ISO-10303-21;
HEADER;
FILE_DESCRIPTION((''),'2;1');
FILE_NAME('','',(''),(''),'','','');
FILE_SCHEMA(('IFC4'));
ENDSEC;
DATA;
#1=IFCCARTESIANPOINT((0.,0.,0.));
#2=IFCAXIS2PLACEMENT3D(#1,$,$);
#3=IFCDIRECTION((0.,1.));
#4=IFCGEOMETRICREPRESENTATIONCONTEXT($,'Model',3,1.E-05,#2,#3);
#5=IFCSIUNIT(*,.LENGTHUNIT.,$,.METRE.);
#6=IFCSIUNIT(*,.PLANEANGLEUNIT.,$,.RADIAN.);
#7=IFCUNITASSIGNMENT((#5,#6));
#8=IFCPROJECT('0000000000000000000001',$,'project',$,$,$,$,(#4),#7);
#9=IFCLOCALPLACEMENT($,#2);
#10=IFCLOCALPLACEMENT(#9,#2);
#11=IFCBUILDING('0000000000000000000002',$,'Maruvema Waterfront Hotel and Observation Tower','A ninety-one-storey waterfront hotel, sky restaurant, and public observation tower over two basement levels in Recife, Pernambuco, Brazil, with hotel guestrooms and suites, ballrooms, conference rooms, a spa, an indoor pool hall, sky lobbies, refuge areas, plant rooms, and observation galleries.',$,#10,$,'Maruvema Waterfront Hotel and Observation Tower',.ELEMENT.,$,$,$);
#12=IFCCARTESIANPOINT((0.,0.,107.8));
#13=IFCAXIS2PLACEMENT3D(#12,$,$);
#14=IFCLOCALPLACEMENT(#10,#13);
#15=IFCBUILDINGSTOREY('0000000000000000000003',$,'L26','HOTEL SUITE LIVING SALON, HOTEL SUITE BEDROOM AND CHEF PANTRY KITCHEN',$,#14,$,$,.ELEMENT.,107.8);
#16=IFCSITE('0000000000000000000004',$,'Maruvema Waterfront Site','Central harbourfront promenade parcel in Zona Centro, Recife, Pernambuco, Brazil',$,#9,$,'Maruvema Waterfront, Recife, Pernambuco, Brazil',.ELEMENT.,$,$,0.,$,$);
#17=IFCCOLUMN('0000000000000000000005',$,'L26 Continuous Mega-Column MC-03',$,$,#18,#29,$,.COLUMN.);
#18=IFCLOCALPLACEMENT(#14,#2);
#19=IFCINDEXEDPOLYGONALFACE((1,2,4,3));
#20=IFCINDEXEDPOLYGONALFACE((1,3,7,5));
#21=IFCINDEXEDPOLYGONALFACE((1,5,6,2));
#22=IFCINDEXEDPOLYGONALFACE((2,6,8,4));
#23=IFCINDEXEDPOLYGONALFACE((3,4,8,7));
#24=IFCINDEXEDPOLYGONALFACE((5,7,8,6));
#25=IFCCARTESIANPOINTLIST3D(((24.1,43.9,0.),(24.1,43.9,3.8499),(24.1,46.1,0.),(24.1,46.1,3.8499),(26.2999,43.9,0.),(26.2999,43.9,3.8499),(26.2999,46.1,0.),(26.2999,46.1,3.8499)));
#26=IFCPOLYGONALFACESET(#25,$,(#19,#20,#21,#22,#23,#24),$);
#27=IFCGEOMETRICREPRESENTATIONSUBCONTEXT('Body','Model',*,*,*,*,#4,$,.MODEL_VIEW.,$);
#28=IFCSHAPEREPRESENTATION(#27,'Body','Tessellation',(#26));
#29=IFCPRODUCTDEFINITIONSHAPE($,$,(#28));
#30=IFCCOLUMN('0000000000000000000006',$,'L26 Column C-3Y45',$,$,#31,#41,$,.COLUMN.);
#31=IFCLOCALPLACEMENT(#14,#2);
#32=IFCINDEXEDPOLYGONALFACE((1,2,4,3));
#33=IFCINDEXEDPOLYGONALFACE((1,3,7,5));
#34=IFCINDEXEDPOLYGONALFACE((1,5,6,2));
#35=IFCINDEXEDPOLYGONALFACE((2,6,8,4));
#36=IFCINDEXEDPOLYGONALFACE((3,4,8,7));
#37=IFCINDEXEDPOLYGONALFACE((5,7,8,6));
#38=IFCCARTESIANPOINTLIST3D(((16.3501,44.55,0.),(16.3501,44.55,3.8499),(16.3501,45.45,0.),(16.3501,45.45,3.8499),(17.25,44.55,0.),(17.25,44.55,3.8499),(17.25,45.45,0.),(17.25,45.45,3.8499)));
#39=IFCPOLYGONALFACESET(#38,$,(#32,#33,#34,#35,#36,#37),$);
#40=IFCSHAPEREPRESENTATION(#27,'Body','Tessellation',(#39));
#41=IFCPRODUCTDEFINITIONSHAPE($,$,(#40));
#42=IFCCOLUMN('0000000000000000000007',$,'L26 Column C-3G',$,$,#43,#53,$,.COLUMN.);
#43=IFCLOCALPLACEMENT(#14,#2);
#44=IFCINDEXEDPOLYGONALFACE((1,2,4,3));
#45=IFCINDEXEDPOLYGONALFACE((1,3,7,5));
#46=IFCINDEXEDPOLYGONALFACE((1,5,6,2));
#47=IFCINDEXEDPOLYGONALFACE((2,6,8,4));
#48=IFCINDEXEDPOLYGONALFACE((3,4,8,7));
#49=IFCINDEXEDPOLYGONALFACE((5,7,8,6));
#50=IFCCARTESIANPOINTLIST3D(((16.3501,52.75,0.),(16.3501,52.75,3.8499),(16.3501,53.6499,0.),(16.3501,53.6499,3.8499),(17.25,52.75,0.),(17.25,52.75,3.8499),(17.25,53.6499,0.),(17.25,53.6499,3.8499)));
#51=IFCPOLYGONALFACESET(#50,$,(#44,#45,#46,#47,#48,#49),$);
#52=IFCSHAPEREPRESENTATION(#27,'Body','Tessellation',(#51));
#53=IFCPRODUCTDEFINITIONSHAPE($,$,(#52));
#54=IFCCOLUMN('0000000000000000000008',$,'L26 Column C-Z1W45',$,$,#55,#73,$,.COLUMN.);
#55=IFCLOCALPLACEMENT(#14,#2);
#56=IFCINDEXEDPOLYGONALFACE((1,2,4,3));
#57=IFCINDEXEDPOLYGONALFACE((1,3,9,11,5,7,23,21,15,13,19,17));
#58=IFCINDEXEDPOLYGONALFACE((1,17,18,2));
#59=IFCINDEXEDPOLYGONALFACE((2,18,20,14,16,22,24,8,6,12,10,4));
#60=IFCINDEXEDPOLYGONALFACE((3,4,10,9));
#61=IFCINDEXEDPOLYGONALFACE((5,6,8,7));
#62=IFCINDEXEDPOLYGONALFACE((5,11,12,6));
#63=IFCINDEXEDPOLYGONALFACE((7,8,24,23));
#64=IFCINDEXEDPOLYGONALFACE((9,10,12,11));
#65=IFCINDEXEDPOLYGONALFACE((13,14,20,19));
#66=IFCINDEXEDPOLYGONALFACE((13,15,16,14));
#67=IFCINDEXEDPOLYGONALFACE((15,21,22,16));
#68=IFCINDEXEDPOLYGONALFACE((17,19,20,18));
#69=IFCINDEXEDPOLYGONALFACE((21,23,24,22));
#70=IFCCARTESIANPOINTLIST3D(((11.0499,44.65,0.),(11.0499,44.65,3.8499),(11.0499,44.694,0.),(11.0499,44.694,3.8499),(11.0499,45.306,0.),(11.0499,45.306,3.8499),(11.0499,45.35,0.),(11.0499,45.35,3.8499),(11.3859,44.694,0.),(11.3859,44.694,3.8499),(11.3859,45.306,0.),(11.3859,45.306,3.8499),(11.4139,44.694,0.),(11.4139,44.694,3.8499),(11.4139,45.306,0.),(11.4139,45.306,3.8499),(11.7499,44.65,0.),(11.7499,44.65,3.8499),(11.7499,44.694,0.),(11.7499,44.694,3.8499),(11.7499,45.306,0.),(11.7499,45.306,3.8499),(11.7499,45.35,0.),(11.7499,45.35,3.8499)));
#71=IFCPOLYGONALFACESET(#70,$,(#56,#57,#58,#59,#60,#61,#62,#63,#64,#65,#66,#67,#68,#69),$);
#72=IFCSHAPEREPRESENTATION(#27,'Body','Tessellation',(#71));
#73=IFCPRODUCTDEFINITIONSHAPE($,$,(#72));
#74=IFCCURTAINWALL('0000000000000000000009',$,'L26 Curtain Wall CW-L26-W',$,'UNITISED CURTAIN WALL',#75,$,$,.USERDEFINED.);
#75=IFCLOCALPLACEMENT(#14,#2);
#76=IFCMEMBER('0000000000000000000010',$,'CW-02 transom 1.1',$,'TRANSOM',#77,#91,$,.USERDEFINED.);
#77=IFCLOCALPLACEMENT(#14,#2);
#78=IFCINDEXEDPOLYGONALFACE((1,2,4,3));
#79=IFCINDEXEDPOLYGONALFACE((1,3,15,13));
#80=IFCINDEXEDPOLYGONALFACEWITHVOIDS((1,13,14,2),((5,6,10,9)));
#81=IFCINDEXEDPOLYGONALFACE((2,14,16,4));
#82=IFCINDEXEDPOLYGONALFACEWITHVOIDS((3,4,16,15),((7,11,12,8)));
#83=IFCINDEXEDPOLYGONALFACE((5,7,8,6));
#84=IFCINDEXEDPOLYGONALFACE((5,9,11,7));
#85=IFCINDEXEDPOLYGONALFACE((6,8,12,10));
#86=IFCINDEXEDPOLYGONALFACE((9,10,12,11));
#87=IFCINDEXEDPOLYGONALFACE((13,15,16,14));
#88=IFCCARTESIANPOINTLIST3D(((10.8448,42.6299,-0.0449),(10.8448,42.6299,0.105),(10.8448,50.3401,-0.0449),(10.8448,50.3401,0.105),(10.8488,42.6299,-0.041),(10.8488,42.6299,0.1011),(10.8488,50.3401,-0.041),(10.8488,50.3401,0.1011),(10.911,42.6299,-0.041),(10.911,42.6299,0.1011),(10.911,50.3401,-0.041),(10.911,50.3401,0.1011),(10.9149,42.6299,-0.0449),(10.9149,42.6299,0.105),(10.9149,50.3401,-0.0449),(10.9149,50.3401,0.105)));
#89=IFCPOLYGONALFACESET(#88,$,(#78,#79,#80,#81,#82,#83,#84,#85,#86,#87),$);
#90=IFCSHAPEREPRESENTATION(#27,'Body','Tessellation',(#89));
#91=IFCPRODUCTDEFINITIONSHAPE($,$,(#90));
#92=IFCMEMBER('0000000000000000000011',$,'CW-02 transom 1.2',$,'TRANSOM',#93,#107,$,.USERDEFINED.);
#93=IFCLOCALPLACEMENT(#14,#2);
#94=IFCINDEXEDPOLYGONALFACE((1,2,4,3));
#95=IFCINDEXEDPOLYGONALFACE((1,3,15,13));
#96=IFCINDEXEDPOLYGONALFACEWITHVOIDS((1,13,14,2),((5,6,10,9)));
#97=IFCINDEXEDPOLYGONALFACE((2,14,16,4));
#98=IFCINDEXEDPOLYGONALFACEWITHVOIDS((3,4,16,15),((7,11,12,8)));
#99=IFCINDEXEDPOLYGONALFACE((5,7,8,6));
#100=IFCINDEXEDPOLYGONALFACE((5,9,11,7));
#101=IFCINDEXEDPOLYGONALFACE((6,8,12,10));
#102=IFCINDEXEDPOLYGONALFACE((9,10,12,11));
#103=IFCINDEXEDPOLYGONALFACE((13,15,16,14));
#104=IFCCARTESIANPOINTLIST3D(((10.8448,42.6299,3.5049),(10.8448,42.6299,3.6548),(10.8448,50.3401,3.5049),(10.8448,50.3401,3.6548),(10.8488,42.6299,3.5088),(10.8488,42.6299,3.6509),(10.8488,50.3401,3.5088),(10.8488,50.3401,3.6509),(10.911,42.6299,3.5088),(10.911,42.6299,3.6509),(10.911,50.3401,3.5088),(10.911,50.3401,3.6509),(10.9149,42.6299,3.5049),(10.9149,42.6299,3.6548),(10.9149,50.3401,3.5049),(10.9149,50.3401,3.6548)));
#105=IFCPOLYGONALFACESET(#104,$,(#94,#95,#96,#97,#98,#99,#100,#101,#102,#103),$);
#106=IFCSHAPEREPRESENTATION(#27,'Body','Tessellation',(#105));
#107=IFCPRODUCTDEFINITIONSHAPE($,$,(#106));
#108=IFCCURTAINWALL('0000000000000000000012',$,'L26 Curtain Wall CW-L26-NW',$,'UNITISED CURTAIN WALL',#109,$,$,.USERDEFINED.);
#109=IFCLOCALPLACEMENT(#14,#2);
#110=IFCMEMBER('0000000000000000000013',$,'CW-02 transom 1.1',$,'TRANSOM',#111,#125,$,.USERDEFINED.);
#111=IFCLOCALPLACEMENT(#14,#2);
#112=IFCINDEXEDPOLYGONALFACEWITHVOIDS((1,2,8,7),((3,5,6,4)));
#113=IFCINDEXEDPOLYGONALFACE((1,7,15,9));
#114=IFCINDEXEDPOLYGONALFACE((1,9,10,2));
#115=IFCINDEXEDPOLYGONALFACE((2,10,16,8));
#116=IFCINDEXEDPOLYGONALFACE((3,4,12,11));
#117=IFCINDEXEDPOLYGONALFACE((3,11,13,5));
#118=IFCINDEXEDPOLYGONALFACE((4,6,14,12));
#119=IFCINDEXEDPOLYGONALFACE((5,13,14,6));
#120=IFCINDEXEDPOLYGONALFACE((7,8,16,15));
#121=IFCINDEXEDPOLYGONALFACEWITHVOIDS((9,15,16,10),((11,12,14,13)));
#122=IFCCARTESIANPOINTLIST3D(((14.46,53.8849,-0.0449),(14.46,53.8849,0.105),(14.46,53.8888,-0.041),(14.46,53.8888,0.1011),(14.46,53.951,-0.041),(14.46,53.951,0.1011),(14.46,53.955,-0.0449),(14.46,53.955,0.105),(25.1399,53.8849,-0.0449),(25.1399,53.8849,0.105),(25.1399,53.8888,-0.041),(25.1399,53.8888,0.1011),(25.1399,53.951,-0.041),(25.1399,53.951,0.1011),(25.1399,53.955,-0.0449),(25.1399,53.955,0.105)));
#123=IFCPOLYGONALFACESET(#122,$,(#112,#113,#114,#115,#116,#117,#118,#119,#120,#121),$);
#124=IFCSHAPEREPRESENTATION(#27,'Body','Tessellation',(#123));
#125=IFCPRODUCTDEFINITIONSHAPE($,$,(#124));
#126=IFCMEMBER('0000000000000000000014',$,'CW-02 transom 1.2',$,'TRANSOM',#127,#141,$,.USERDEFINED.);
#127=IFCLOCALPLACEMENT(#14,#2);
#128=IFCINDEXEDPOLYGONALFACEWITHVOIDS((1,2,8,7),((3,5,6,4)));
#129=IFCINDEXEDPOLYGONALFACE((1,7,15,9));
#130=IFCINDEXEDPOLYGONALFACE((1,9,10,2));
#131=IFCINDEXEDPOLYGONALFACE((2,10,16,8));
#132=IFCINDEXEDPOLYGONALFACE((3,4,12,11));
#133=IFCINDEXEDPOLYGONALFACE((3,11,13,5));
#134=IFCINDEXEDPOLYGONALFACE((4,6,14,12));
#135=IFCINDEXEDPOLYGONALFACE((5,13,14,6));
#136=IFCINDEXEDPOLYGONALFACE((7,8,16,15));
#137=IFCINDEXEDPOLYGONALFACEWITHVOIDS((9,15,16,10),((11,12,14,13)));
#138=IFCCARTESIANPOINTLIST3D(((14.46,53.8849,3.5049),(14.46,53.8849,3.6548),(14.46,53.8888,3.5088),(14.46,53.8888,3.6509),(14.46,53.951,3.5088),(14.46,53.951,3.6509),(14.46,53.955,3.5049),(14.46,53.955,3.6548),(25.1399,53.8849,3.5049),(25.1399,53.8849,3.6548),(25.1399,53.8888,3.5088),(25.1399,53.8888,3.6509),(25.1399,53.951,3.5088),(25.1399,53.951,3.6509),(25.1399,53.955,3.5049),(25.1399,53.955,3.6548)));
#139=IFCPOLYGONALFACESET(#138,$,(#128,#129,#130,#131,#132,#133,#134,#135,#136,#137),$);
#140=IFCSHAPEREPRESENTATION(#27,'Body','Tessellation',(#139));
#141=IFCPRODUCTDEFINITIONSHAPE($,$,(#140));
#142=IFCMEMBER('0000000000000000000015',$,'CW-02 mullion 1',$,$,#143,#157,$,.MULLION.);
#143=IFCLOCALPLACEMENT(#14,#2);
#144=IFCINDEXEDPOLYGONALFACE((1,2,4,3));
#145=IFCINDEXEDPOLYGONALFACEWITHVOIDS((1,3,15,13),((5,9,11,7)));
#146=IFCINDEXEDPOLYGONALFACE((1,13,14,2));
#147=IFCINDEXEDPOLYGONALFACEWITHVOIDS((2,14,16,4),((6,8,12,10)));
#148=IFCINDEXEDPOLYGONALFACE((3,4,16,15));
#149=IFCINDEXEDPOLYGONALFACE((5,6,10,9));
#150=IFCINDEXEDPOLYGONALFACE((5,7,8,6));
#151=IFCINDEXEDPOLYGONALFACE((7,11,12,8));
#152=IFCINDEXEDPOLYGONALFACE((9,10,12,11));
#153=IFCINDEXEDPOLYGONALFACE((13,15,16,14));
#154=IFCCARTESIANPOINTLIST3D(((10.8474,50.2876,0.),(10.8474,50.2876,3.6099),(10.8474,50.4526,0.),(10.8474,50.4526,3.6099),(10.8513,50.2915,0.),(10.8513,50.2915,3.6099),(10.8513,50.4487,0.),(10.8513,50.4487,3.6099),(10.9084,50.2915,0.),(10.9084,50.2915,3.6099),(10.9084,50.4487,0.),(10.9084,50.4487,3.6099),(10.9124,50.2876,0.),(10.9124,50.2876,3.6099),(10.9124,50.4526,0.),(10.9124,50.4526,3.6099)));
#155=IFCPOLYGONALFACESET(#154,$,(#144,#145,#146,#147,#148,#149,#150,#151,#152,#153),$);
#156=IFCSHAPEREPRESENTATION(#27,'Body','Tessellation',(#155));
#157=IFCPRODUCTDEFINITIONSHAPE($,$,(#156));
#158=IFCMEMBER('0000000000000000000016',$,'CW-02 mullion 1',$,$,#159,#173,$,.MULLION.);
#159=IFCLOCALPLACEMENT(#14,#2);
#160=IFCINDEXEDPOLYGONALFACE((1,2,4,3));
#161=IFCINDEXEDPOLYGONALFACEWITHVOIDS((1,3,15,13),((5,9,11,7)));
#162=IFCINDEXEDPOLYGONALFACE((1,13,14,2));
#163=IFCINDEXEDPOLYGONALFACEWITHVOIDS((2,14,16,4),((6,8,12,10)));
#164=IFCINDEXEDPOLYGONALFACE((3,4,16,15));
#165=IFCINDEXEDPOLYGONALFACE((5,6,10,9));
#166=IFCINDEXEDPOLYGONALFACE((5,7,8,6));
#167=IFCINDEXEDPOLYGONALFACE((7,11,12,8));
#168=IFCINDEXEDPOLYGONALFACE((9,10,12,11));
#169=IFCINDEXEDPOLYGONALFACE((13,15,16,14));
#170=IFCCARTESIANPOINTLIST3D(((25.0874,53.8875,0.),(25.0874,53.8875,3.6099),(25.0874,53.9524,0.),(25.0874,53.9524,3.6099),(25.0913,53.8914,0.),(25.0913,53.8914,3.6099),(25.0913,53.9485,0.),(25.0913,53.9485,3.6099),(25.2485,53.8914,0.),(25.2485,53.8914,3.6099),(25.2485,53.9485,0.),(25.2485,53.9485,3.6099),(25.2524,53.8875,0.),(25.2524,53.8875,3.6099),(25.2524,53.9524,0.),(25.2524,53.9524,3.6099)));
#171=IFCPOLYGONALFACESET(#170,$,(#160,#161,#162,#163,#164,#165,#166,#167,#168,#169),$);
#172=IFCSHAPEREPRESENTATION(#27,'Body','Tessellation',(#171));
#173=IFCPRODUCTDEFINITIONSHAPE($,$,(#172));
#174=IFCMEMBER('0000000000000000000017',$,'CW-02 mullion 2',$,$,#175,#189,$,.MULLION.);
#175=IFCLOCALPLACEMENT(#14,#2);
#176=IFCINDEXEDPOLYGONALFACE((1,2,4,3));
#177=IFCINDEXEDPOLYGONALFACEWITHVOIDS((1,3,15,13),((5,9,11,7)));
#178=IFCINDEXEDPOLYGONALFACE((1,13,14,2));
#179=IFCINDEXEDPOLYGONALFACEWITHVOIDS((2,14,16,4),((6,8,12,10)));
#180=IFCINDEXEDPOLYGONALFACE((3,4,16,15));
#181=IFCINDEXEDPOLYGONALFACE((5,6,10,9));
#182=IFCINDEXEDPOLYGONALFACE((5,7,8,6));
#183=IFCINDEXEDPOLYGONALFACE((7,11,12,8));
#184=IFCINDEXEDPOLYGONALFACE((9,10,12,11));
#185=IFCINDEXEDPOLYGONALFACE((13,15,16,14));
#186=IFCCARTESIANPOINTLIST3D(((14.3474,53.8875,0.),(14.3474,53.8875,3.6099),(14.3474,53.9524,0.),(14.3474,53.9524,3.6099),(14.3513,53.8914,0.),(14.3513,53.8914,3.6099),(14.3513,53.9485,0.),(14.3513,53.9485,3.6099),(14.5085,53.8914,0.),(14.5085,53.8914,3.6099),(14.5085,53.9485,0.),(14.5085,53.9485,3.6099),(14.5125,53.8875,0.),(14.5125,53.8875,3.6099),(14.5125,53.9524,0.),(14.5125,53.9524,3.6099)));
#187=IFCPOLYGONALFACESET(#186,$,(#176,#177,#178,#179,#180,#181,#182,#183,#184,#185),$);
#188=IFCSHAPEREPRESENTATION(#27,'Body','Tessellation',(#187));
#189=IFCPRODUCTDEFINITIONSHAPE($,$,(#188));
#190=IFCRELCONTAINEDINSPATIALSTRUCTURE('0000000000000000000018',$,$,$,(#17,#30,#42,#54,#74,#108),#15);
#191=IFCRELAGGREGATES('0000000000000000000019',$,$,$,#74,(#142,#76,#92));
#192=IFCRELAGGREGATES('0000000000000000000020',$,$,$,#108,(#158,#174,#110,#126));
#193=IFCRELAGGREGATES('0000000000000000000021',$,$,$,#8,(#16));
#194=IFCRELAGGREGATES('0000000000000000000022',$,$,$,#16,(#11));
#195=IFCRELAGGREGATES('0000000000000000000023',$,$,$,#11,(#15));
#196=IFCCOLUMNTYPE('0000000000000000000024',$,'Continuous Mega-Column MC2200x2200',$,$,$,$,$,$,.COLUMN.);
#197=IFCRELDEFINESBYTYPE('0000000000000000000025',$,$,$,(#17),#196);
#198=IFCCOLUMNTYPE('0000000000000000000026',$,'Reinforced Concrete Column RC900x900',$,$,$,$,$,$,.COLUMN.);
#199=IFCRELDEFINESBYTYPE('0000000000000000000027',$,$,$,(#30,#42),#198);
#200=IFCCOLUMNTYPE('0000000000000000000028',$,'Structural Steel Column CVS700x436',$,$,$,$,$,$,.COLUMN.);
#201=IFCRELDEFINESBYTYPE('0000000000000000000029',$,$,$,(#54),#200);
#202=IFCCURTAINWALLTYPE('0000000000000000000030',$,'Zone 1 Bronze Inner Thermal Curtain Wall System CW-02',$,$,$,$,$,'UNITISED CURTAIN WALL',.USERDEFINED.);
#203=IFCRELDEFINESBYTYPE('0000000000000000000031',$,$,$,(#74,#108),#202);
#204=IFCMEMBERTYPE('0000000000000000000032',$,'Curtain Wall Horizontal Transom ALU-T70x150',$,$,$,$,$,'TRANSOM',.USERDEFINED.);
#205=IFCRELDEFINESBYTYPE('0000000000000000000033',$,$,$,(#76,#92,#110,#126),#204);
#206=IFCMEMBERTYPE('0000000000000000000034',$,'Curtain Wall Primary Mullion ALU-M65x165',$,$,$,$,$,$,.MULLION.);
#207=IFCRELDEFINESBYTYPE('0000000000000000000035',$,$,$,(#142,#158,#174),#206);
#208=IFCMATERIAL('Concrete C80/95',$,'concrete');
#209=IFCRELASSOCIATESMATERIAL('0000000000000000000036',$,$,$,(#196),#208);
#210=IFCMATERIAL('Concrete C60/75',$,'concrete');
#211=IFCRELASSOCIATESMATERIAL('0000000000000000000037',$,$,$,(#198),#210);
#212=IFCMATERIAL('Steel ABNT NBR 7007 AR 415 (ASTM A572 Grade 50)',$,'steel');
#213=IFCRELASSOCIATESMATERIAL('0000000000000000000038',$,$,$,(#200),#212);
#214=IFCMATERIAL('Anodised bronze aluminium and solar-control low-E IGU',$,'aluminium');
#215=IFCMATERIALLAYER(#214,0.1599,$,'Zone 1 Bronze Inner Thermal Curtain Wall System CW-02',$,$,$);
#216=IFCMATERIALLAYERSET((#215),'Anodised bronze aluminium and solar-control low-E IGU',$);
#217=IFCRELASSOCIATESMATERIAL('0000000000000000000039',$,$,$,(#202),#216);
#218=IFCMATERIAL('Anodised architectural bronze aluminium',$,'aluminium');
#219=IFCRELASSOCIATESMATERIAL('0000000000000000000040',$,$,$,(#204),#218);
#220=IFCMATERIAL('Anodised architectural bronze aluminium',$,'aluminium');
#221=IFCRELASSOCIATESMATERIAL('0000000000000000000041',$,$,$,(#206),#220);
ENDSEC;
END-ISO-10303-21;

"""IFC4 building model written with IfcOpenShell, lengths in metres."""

from ifc_helpers import new_model, si_unit, direction, frame, origin, origin_2d, place, context, subcontext, project, spatial, rectangle, hollow_rectangle, i_section, extrude, material, layer, layer_set, material_profile, profile_set, type_object, element, aggregate, save


model = new_model("IFC4")

# Units and contexts
model_context = context("Model", 3, precision=1e-05, world=origin(), true_north=direction((0.0, 1.0)))
body_context = subcontext(model_context, "Body", "Model", "MODEL_VIEW")
ifc_project = project(units=[si_unit("LENGTHUNIT", "METRE"), si_unit("PLANEANGLEUNIT", "RADIAN")], contexts=[model_context])

# Site, building, storey
site_placement = place(None, origin())
site = spatial("IfcSite", under=ifc_project, at=site_placement, Name="Maruvema Waterfront Site", Description="Central harbourfront promenade parcel in Zona Centro, Recife, Pernambuco, Brazil", LongName="Maruvema Waterfront, Recife, Pernambuco, Brazil", CompositionType="ELEMENT", RefElevation=0.0)
building_placement = place(site_placement, origin())
building = spatial("IfcBuilding", under=site, at=building_placement, Name="Maruvema Waterfront Hotel and Observation Tower", Description="A ninety-one-storey waterfront hotel, sky restaurant, and public observation tower over two basement levels in Recife, Pernambuco, Brazil, with hotel guestrooms and suites, ballrooms, conference rooms, a spa, an indoor pool hall, sky lobbies, refuge areas, plant rooms, and observation galleries.", LongName="Maruvema Waterfront Hotel and Observation Tower", CompositionType="ELEMENT")
storey_placement = place(building_placement, frame((0.0, 0.0, 107.8)))
storey = spatial("IfcBuildingStorey", under=building, at=storey_placement, Name="L26", Description="HOTEL SUITE LIVING SALON, HOTEL SUITE BEDROOM AND CHEF PANTRY KITCHEN", CompositionType="ELEMENT", Elevation=107.8)

# Columns
ifc_material_1 = material(Name="Concrete C80/95", Category="concrete")
ifc_material_profile_1 = material_profile(ifc_material_1, rectangle(XDim=2.2, YDim=2.2, at=origin_2d()), Name="MC2200x2200")
ifc_profile_set_1 = profile_set([ifc_material_profile_1], Name="Concrete C80/95")
column_type_1 = type_object("IfcColumnType", Name="Continuous Mega-Column MC2200x2200", PredefinedType="COLUMN", material=ifc_profile_set_1)
column_1_placement = place(storey_placement, frame((25.2, 45.0, 0.0), z_axis=(0.0, 0.0, 1.0), x_axis=(1.0, 0.0, 0.0)))
element("IfcColumn", 1, at=column_1_placement, inside=storey, type_object=column_type_1, Name="L26 Continuous Mega-Column MC-03", PredefinedType="COLUMN", context=body_context, shape_type="SweptSolid", body=[
    extrude(rectangle(XDim=2.2, YDim=2.2, at=origin_2d()), origin(), (0.0, 0.0, 1.0), 3.8499),
])
ifc_material_2 = material(Name="Concrete C60/75", Category="concrete")
ifc_material_profile_2 = material_profile(ifc_material_2, rectangle(XDim=0.8999, YDim=0.8999, at=origin_2d()), Name="RC900x900")
ifc_profile_set_2 = profile_set([ifc_material_profile_2], Name="Concrete C60/75")
column_type_2 = type_object("IfcColumnType", Name="Reinforced Concrete Column RC900x900", PredefinedType="COLUMN", material=ifc_profile_set_2)
for number, where, z_axis, x_axis, name in (
    (2, (16.8, 45.0, 0.0), (0.0, 0.0, 1.0), (1.0, 0.0, 0.0), "L26 Column C-3Y45"),
    (3, (16.8, 53.2, 0.0), (0.0, 0.0, 1.0), (1.0, 0.0, 0.0), "L26 Column C-3G"),
):
    element("IfcColumn", number, at=place(storey_placement, frame(where, z_axis=z_axis, x_axis=x_axis)), inside=storey, type_object=column_type_2, Name=name, PredefinedType="COLUMN", context=body_context, shape_type="SweptSolid", body=[
        extrude(rectangle(XDim=0.8999, YDim=0.8999, at=origin_2d()), origin(), (0.0, 0.0, 1.0), 3.8499),
    ])
ifc_material_3 = material(Name="Steel ABNT NBR 7007 AR 415 (ASTM A572 Grade 50)", Category="steel")
ifc_material_profile_3 = material_profile(ifc_material_3, i_section(OverallWidth=0.7, OverallDepth=0.7, WebThickness=0.0281, FlangeThickness=0.0439, at=origin_2d()), Name="CVS700x436")
ifc_profile_set_3 = profile_set([ifc_material_profile_3], Name="Steel ABNT NBR 7007 AR 415 (ASTM A572 Grade 50)")
column_type_3 = type_object("IfcColumnType", Name="Structural Steel Column CVS700x436", PredefinedType="COLUMN", material=ifc_profile_set_3)
column_2_placement = place(storey_placement, frame((11.3999, 45.0, 0.0), z_axis=(0.0, 0.0, 1.0), x_axis=(1.0, 0.0, 0.0)))
element("IfcColumn", 4, at=column_2_placement, inside=storey, type_object=column_type_3, Name="L26 Column C-Z1W45", PredefinedType="COLUMN", context=body_context, shape_type="SweptSolid", body=[
    extrude(i_section(OverallWidth=0.7, OverallDepth=0.7, WebThickness=0.0281, FlangeThickness=0.0439, at=origin_2d()), origin(), (0.0, 0.0, 1.0), 3.8499),
])

# Curtain walls, members
ifc_material_4 = material(Name="Anodised bronze aluminium and solar-control low-E IGU", Category="aluminium")
ifc_layer_1 = layer(ifc_material_4, 0.1599, Name="Zone 1 Bronze Inner Thermal Curtain Wall System CW-02")
ifc_layer_set_1 = layer_set([ifc_layer_1], Name="Anodised bronze aluminium and solar-control low-E IGU")
curtain_wall_type = type_object("IfcCurtainWallType", Name="Zone 1 Bronze Inner Thermal Curtain Wall System CW-02", ElementType="UNITISED CURTAIN WALL", PredefinedType="USERDEFINED", material=ifc_layer_set_1)
curtain_wall_1_placement = place(storey_placement, origin())
curtain_wall_1 = element("IfcCurtainWall", 5, at=curtain_wall_1_placement, inside=storey, type_object=curtain_wall_type, Name="L26 Curtain Wall CW-L26-W", ObjectType="UNITISED CURTAIN WALL", PredefinedType="USERDEFINED")
ifc_material_5 = material(Name="Anodised architectural bronze aluminium", Category="aluminium")
ifc_material_profile_4 = material_profile(ifc_material_5, hollow_rectangle(XDim=0.0701, YDim=0.1499, WallThickness=0.0039, at=origin_2d()), Name="ALU-T70x150")
ifc_profile_set_4 = profile_set([ifc_material_profile_4], Name="Anodised architectural bronze aluminium")
member_type_1 = type_object("IfcMemberType", Name="Curtain Wall Horizontal Transom ALU-T70x150", ElementType="TRANSOM", PredefinedType="USERDEFINED", material=ifc_profile_set_4)
member_1_placement = place(storey_placement, frame((10.8799, 50.3401, 0.03), z_axis=(0.0, -1.0, 0.0), x_axis=(1.0, 0.0, 0.0)))
member_1 = element("IfcMember", 6, at=member_1_placement, type_object=member_type_1, Name="CW-02 transom 1.1", ObjectType="TRANSOM", PredefinedType="USERDEFINED", context=body_context, shape_type="SweptSolid", body=[
    extrude(hollow_rectangle(XDim=0.0701, YDim=0.1499, WallThickness=0.0039, at=origin_2d()), origin(), (0.0, 0.0, 1.0), 7.7102),
])
member_2_placement = place(storey_placement, frame((10.8799, 50.3401, 3.5798), z_axis=(0.0, -1.0, 0.0), x_axis=(1.0, 0.0, 0.0)))
member_2 = element("IfcMember", 7, at=member_2_placement, type_object=member_type_1, Name="CW-02 transom 1.2", ObjectType="TRANSOM", PredefinedType="USERDEFINED", context=body_context, shape_type="SweptSolid", body=[
    extrude(hollow_rectangle(XDim=0.0701, YDim=0.1499, WallThickness=0.0039, at=origin_2d()), origin(), (0.0, 0.0, 1.0), 7.7102),
])
curtain_wall_2_placement = place(storey_placement, origin())
curtain_wall_2 = element("IfcCurtainWall", 8, at=curtain_wall_2_placement, inside=storey, type_object=curtain_wall_type, Name="L26 Curtain Wall CW-L26-NW", ObjectType="UNITISED CURTAIN WALL", PredefinedType="USERDEFINED")
member_3_placement = place(storey_placement, frame((25.1399, 53.9199, 0.03), z_axis=(-1.0, 0.0, 0.0), x_axis=(0.0, -1.0, 0.0)))
member_3 = element("IfcMember", 9, at=member_3_placement, type_object=member_type_1, Name="CW-02 transom 1.1", ObjectType="TRANSOM", PredefinedType="USERDEFINED", context=body_context, shape_type="SweptSolid", body=[
    extrude(hollow_rectangle(XDim=0.0701, YDim=0.1499, WallThickness=0.0039, at=origin_2d()), origin(), (0.0, 0.0, 1.0), 10.6799),
])
member_4_placement = place(storey_placement, frame((25.1399, 53.9199, 3.5798), z_axis=(-1.0, 0.0, 0.0), x_axis=(0.0, -1.0, 0.0)))
member_4 = element("IfcMember", 10, at=member_4_placement, type_object=member_type_1, Name="CW-02 transom 1.2", ObjectType="TRANSOM", PredefinedType="USERDEFINED", context=body_context, shape_type="SweptSolid", body=[
    extrude(hollow_rectangle(XDim=0.0701, YDim=0.1499, WallThickness=0.0039, at=origin_2d()), origin(), (0.0, 0.0, 1.0), 10.6799),
])

# Members
ifc_material_6 = material(Name="Anodised architectural bronze aluminium", Category="aluminium")
ifc_material_profile_5 = material_profile(ifc_material_6, hollow_rectangle(XDim=0.0649, YDim=0.165, WallThickness=0.0039, at=origin_2d()), Name="ALU-M65x165")
ifc_profile_set_5 = profile_set([ifc_material_profile_5], Name="Anodised architectural bronze aluminium")
member_type_2 = type_object("IfcMemberType", Name="Curtain Wall Primary Mullion ALU-M65x165", PredefinedType="MULLION", material=ifc_profile_set_5)
member_5_placement = place(storey_placement, frame((10.8799, 50.3701, 0.0), z_axis=(0.0, 0.0, 1.0), x_axis=(1.0, 0.0, 0.0)))
member_5 = element("IfcMember", 11, at=member_5_placement, type_object=member_type_2, Name="CW-02 mullion 1", PredefinedType="MULLION", context=body_context, shape_type="SweptSolid", body=[
    extrude(hollow_rectangle(XDim=0.0649, YDim=0.165, WallThickness=0.0039, at=origin_2d()), origin(), (0.0, 0.0, 1.0), 3.6099),
])
member_6_placement = place(storey_placement, frame((25.1699, 53.9199, 0.0), z_axis=(0.0, 0.0, 1.0), x_axis=(0.0, -1.0, 0.0)))
member_6 = element("IfcMember", 12, at=member_6_placement, type_object=member_type_2, Name="CW-02 mullion 1", PredefinedType="MULLION", context=body_context, shape_type="SweptSolid", body=[
    extrude(hollow_rectangle(XDim=0.0649, YDim=0.165, WallThickness=0.0039, at=origin_2d()), origin(), (0.0, 0.0, 1.0), 3.6099),
])
member_7_placement = place(storey_placement, frame((14.4299, 53.9199, 0.0), z_axis=(0.0, 0.0, 1.0), x_axis=(0.0, -1.0, 0.0)))
member_7 = element("IfcMember", 13, at=member_7_placement, type_object=member_type_2, Name="CW-02 mullion 2", PredefinedType="MULLION", context=body_context, shape_type="SweptSolid", body=[
    extrude(hollow_rectangle(XDim=0.0649, YDim=0.165, WallThickness=0.0039, at=origin_2d()), origin(), (0.0, 0.0, 1.0), 3.6099),
])

aggregate(curtain_wall_1, [member_5, member_1, member_2])
aggregate(curtain_wall_2, [member_6, member_7, member_3, member_4])

save(model, "model.ifc")
